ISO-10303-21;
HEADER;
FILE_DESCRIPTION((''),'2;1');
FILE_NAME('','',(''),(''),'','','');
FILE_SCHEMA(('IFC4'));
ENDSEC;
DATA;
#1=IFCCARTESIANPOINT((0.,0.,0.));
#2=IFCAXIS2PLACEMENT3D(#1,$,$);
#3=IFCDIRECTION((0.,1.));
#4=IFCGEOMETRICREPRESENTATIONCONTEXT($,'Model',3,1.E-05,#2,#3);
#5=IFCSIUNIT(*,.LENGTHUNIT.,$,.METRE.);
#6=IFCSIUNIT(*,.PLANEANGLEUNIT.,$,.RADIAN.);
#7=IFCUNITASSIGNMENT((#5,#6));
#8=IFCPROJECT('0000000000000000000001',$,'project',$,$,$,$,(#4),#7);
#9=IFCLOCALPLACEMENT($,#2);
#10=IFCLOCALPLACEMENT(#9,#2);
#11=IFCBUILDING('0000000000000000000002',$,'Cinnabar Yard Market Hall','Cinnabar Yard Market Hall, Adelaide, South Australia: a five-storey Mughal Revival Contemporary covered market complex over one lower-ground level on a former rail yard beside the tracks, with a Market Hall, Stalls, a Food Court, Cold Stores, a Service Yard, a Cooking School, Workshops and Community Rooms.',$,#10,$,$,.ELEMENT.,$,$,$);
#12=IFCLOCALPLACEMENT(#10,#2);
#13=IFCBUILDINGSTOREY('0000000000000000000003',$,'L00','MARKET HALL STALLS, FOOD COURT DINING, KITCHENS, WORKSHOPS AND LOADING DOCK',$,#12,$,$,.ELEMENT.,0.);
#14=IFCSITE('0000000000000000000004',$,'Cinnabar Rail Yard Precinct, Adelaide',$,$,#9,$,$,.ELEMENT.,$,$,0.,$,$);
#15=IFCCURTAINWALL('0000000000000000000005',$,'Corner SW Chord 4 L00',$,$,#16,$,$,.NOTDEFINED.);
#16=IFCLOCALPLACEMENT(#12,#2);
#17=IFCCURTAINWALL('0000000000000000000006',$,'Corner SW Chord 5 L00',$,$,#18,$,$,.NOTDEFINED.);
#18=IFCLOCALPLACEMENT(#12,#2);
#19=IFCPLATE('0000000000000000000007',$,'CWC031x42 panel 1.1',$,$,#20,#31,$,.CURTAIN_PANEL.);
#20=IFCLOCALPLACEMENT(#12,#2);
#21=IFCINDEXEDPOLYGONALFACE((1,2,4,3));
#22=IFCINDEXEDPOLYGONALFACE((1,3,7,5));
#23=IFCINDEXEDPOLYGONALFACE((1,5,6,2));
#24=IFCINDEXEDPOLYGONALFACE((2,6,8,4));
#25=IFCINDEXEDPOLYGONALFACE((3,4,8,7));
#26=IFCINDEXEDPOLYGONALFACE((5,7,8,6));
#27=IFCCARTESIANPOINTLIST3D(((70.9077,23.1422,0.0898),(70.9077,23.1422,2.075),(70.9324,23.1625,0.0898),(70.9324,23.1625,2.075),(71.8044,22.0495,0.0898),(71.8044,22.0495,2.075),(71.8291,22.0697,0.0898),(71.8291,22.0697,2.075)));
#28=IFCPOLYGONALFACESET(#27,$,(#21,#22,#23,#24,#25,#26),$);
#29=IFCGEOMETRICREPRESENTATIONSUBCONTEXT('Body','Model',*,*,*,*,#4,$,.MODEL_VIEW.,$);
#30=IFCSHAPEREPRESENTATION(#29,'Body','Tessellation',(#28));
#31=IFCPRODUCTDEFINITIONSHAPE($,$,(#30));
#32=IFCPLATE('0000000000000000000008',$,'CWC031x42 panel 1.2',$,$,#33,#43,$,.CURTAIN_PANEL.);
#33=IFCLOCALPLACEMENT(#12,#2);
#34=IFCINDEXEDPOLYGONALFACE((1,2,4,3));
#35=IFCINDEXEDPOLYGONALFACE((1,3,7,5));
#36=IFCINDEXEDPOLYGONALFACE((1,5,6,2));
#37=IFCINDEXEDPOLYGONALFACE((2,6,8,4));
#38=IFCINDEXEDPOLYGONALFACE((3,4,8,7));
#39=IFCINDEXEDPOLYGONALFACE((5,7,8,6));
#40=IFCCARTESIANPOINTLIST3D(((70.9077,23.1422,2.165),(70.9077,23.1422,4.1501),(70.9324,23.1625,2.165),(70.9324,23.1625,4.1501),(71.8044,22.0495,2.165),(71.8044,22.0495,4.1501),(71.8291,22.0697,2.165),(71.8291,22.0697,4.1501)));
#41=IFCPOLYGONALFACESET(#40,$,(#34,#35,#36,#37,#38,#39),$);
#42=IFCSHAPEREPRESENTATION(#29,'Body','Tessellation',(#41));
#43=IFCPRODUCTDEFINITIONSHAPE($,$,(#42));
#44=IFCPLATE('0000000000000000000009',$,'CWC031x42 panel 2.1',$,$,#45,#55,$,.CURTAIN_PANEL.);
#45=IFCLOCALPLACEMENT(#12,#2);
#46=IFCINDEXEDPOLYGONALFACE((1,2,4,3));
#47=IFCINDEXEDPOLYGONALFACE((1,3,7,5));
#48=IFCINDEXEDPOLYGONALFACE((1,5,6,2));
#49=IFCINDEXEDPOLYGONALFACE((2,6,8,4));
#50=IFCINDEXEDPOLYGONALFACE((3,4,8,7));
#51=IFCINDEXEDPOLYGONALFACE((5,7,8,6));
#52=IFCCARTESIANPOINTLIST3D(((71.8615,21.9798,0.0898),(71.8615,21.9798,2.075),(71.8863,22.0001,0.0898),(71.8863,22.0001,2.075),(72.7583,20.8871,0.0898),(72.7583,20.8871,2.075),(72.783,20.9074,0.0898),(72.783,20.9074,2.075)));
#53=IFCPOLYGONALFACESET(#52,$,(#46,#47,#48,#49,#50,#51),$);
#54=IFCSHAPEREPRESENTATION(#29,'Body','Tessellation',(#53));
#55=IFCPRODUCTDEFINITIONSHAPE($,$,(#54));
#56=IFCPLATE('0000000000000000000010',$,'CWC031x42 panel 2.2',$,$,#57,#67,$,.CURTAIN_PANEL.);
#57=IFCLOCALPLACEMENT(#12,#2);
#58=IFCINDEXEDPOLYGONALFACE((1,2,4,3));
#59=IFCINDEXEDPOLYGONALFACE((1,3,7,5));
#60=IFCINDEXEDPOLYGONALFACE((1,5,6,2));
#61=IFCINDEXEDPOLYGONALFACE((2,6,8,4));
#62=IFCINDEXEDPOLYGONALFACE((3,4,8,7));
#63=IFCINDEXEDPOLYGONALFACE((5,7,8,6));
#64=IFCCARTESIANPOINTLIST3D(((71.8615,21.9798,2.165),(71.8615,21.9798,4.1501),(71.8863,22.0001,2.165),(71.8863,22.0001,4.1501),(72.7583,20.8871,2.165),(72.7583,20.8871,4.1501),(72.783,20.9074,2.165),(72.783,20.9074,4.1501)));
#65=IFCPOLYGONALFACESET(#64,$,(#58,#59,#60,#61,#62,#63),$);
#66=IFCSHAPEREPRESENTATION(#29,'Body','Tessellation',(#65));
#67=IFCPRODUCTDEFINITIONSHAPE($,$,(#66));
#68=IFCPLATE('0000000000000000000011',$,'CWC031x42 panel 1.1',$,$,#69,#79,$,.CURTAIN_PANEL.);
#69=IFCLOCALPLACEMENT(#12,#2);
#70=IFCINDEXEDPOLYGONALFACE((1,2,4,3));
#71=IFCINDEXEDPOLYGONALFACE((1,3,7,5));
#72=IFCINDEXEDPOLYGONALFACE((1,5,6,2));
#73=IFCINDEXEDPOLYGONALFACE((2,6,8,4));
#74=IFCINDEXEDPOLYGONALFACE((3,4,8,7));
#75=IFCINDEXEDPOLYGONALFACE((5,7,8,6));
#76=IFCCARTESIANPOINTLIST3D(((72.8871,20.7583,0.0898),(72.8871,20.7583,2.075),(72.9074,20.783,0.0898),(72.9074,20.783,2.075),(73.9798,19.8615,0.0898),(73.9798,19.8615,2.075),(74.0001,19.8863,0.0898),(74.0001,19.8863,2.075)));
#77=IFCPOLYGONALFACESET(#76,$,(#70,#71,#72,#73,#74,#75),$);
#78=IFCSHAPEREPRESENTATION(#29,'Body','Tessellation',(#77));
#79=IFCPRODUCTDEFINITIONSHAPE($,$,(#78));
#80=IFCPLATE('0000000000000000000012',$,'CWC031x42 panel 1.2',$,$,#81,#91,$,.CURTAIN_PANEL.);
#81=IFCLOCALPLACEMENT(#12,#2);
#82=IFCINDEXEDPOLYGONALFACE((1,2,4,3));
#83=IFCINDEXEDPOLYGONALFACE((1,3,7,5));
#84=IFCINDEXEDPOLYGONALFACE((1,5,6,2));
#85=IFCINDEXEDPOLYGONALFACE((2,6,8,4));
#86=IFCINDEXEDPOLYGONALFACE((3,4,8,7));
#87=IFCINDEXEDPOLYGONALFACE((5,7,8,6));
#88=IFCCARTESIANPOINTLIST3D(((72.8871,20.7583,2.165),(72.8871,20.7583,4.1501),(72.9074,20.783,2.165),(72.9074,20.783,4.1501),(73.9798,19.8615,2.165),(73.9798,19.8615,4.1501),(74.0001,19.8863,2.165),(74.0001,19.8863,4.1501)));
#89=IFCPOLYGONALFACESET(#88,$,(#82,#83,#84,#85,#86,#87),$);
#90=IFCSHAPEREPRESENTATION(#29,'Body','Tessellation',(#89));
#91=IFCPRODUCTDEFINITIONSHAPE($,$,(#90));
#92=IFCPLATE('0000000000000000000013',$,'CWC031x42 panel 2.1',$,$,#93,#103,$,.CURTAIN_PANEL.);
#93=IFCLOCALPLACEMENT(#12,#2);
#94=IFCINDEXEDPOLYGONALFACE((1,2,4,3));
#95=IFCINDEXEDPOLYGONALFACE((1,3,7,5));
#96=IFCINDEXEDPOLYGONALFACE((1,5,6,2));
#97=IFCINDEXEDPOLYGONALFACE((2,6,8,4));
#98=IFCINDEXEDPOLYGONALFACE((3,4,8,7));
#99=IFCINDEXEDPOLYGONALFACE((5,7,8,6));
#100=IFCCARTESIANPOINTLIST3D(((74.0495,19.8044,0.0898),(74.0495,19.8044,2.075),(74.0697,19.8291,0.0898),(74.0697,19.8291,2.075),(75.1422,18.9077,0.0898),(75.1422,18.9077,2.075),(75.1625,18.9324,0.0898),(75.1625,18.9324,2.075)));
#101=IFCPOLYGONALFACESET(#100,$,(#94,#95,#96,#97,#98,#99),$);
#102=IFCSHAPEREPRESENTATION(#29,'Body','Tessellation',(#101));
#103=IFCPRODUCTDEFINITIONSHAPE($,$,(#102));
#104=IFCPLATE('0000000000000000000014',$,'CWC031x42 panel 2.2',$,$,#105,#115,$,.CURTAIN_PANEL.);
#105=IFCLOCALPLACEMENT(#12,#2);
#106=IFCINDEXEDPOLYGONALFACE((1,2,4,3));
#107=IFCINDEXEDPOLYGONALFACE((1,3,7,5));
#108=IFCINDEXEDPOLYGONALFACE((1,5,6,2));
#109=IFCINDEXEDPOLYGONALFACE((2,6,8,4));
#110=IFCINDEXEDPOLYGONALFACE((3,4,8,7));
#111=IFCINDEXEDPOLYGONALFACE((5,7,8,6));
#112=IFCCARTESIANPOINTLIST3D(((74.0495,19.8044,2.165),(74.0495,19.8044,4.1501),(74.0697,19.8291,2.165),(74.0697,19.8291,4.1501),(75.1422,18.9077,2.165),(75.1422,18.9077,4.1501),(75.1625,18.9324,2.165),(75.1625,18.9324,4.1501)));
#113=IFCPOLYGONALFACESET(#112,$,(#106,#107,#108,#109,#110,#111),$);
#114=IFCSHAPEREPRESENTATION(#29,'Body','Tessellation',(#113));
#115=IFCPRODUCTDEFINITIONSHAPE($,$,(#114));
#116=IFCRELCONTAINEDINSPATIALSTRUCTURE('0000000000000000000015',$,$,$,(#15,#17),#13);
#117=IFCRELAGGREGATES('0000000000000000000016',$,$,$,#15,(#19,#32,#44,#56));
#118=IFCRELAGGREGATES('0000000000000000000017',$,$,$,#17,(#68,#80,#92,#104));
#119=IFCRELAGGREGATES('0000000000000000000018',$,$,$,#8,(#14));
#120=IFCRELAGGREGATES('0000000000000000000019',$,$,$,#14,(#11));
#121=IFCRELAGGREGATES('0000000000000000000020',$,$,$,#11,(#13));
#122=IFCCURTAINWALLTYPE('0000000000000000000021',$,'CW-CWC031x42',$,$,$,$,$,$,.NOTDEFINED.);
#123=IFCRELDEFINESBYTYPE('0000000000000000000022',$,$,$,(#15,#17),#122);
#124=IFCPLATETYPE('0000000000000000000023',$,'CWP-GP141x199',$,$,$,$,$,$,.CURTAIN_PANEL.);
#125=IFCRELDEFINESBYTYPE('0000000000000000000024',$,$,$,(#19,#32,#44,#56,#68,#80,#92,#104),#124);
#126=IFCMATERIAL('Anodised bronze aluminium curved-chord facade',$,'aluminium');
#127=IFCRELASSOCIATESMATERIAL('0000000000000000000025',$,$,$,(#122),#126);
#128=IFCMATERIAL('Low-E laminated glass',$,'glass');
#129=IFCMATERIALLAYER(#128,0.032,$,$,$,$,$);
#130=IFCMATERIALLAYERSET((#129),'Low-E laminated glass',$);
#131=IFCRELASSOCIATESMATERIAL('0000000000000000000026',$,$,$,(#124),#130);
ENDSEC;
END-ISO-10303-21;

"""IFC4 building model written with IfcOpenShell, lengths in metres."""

from ifc_helpers import new_model, si_unit, direction, frame, origin, origin_2d_with_axis, place, context, subcontext, project, spatial, rectangle, extrude, material, layer, layer_set, type_object, element, aggregate, save


model = new_model("IFC4")

# Units and contexts
model_context = context("Model", 3, precision=1e-05, world=origin(), true_north=direction((0.0, 1.0)))
body_context = subcontext(model_context, "Body", "Model", "MODEL_VIEW")
ifc_project = project(units=[si_unit("LENGTHUNIT", "METRE"), si_unit("PLANEANGLEUNIT", "RADIAN")], contexts=[model_context])

# Site, building, storey
site_placement = place(None, origin())
site = spatial("IfcSite", under=ifc_project, at=site_placement, Name="Cinnabar Rail Yard Precinct, Adelaide", CompositionType="ELEMENT", RefElevation=0.0)
building_placement = place(site_placement, origin())
building = spatial("IfcBuilding", under=site, at=building_placement, Name="Cinnabar Yard Market Hall", Description="Cinnabar Yard Market Hall, Adelaide, South Australia: a five-storey Mughal Revival Contemporary covered market complex over one lower-ground level on a former rail yard beside the tracks, with a Market Hall, Stalls, a Food Court, Cold Stores, a Service Yard, a Cooking School, Workshops and Community Rooms.", CompositionType="ELEMENT")
storey_placement = place(building_placement, origin())
storey = spatial("IfcBuildingStorey", under=building, at=storey_placement, Name="L00", Description="MARKET HALL STALLS, FOOD COURT DINING, KITCHENS, WORKSHOPS AND LOADING DOCK", CompositionType="ELEMENT", Elevation=0.0)

# Shared definitions
ifc_material_1 = material(Name="Anodised bronze aluminium curved-chord facade", Category="aluminium")
curtain_wall_type = type_object("IfcCurtainWallType", Name="CW-CWC031x42", PredefinedType="NOTDEFINED", material=ifc_material_1)

# Curtain walls
curtain_wall_1_placement = place(storey_placement, origin())
curtain_wall_1 = element("IfcCurtainWall", 1, at=curtain_wall_1_placement, inside=storey, type_object=curtain_wall_type, Name="Corner SW Chord 4 L00", PredefinedType="NOTDEFINED")
curtain_wall_2_placement = place(storey_placement, origin())
curtain_wall_2 = element("IfcCurtainWall", 2, at=curtain_wall_2_placement, inside=storey, type_object=curtain_wall_type, Name="Corner SW Chord 5 L00", PredefinedType="NOTDEFINED")

# Plates
ifc_material_2 = material(Name="Low-E laminated glass", Category="glass")
ifc_layer = layer(ifc_material_2, 0.032)
ifc_layer_set = layer_set([ifc_layer], Name="Low-E laminated glass")
plate_type = type_object("IfcPlateType", Name="CWP-GP141x199", PredefinedType="CURTAIN_PANEL", material=ifc_layer_set)
plate_1_placement = place(storey_placement, frame((71.3684, 22.606, 0.0898), z_axis=(0.0, 0.0, 1.0), x_axis=(0.634383, -0.773019, 0.0)))
plate_1 = element("IfcPlate", 3, at=plate_1_placement, type_object=plate_type, Name="CWC031x42 panel 1.1", PredefinedType="CURTAIN_PANEL", context=body_context, shape_type="SweptSolid", body=[
    extrude(rectangle(XDim=1.4136, YDim=0.032, at=origin_2d_with_axis()), origin(), (0.0, 0.0, 1.0), 1.9851),
])
plate_2_placement = place(storey_placement, frame((71.3684, 22.606, 2.165), z_axis=(0.0, 0.0, 1.0), x_axis=(0.634383, -0.773019, 0.0)))
plate_2 = element("IfcPlate", 4, at=plate_2_placement, type_object=plate_type, Name="CWC031x42 panel 1.2", PredefinedType="CURTAIN_PANEL", context=body_context, shape_type="SweptSolid", body=[
    extrude(rectangle(XDim=1.4136, YDim=0.032, at=origin_2d_with_axis()), origin(), (0.0, 0.0, 1.0), 1.9851),
])
plate_3_placement = place(storey_placement, frame((72.3223, 21.4436, 0.0898), z_axis=(0.0, 0.0, 1.0), x_axis=(0.634383, -0.773019, 0.0)))
plate_3 = element("IfcPlate", 5, at=plate_3_placement, type_object=plate_type, Name="CWC031x42 panel 2.1", PredefinedType="CURTAIN_PANEL", context=body_context, shape_type="SweptSolid", body=[
    extrude(rectangle(XDim=1.4136, YDim=0.032, at=origin_2d_with_axis()), origin(), (0.0, 0.0, 1.0), 1.9851),
])
plate_4_placement = place(storey_placement, frame((72.3223, 21.4436, 2.165), z_axis=(0.0, 0.0, 1.0), x_axis=(0.634383, -0.773019, 0.0)))
plate_4 = element("IfcPlate", 6, at=plate_4_placement, type_object=plate_type, Name="CWC031x42 panel 2.2", PredefinedType="CURTAIN_PANEL", context=body_context, shape_type="SweptSolid", body=[
    extrude(rectangle(XDim=1.4136, YDim=0.032, at=origin_2d_with_axis()), origin(), (0.0, 0.0, 1.0), 1.9851),
])
aggregate(curtain_wall_1, [plate_1, plate_2, plate_3, plate_4])
plate_5_placement = place(storey_placement, frame((73.4436, 20.3223, 0.0898), z_axis=(0.0, 0.0, 1.0), x_axis=(0.773019, -0.634383, 0.0)))
plate_5 = element("IfcPlate", 7, at=plate_5_placement, type_object=plate_type, Name="CWC031x42 panel 1.1", PredefinedType="CURTAIN_PANEL", context=body_context, shape_type="SweptSolid", body=[
    extrude(rectangle(XDim=1.4136, YDim=0.032, at=origin_2d_with_axis()), origin(), (0.0, 0.0, 1.0), 1.9851),
])
plate_6_placement = place(storey_placement, frame((73.4436, 20.3223, 2.165), z_axis=(0.0, 0.0, 1.0), x_axis=(0.773019, -0.634383, 0.0)))
plate_6 = element("IfcPlate", 8, at=plate_6_placement, type_object=plate_type, Name="CWC031x42 panel 1.2", PredefinedType="CURTAIN_PANEL", context=body_context, shape_type="SweptSolid", body=[
    extrude(rectangle(XDim=1.4136, YDim=0.032, at=origin_2d_with_axis()), origin(), (0.0, 0.0, 1.0), 1.9851),
])
plate_7_placement = place(storey_placement, frame((74.606, 19.3684, 0.0898), z_axis=(0.0, 0.0, 1.0), x_axis=(0.773019, -0.634383, 0.0)))
plate_7 = element("IfcPlate", 9, at=plate_7_placement, type_object=plate_type, Name="CWC031x42 panel 2.1", PredefinedType="CURTAIN_PANEL", context=body_context, shape_type="SweptSolid", body=[
    extrude(rectangle(XDim=1.4136, YDim=0.032, at=origin_2d_with_axis()), origin(), (0.0, 0.0, 1.0), 1.9851),
])
plate_8_placement = place(storey_placement, frame((74.606, 19.3684, 2.165), z_axis=(0.0, 0.0, 1.0), x_axis=(0.773019, -0.634383, 0.0)))
plate_8 = element("IfcPlate", 10, at=plate_8_placement, type_object=plate_type, Name="CWC031x42 panel 2.2", PredefinedType="CURTAIN_PANEL", context=body_context, shape_type="SweptSolid", body=[
    extrude(rectangle(XDim=1.4136, YDim=0.032, at=origin_2d_with_axis()), origin(), (0.0, 0.0, 1.0), 1.9851),
])
aggregate(curtain_wall_2, [plate_5, plate_6, plate_7, plate_8])

save(model, "model.ifc")
